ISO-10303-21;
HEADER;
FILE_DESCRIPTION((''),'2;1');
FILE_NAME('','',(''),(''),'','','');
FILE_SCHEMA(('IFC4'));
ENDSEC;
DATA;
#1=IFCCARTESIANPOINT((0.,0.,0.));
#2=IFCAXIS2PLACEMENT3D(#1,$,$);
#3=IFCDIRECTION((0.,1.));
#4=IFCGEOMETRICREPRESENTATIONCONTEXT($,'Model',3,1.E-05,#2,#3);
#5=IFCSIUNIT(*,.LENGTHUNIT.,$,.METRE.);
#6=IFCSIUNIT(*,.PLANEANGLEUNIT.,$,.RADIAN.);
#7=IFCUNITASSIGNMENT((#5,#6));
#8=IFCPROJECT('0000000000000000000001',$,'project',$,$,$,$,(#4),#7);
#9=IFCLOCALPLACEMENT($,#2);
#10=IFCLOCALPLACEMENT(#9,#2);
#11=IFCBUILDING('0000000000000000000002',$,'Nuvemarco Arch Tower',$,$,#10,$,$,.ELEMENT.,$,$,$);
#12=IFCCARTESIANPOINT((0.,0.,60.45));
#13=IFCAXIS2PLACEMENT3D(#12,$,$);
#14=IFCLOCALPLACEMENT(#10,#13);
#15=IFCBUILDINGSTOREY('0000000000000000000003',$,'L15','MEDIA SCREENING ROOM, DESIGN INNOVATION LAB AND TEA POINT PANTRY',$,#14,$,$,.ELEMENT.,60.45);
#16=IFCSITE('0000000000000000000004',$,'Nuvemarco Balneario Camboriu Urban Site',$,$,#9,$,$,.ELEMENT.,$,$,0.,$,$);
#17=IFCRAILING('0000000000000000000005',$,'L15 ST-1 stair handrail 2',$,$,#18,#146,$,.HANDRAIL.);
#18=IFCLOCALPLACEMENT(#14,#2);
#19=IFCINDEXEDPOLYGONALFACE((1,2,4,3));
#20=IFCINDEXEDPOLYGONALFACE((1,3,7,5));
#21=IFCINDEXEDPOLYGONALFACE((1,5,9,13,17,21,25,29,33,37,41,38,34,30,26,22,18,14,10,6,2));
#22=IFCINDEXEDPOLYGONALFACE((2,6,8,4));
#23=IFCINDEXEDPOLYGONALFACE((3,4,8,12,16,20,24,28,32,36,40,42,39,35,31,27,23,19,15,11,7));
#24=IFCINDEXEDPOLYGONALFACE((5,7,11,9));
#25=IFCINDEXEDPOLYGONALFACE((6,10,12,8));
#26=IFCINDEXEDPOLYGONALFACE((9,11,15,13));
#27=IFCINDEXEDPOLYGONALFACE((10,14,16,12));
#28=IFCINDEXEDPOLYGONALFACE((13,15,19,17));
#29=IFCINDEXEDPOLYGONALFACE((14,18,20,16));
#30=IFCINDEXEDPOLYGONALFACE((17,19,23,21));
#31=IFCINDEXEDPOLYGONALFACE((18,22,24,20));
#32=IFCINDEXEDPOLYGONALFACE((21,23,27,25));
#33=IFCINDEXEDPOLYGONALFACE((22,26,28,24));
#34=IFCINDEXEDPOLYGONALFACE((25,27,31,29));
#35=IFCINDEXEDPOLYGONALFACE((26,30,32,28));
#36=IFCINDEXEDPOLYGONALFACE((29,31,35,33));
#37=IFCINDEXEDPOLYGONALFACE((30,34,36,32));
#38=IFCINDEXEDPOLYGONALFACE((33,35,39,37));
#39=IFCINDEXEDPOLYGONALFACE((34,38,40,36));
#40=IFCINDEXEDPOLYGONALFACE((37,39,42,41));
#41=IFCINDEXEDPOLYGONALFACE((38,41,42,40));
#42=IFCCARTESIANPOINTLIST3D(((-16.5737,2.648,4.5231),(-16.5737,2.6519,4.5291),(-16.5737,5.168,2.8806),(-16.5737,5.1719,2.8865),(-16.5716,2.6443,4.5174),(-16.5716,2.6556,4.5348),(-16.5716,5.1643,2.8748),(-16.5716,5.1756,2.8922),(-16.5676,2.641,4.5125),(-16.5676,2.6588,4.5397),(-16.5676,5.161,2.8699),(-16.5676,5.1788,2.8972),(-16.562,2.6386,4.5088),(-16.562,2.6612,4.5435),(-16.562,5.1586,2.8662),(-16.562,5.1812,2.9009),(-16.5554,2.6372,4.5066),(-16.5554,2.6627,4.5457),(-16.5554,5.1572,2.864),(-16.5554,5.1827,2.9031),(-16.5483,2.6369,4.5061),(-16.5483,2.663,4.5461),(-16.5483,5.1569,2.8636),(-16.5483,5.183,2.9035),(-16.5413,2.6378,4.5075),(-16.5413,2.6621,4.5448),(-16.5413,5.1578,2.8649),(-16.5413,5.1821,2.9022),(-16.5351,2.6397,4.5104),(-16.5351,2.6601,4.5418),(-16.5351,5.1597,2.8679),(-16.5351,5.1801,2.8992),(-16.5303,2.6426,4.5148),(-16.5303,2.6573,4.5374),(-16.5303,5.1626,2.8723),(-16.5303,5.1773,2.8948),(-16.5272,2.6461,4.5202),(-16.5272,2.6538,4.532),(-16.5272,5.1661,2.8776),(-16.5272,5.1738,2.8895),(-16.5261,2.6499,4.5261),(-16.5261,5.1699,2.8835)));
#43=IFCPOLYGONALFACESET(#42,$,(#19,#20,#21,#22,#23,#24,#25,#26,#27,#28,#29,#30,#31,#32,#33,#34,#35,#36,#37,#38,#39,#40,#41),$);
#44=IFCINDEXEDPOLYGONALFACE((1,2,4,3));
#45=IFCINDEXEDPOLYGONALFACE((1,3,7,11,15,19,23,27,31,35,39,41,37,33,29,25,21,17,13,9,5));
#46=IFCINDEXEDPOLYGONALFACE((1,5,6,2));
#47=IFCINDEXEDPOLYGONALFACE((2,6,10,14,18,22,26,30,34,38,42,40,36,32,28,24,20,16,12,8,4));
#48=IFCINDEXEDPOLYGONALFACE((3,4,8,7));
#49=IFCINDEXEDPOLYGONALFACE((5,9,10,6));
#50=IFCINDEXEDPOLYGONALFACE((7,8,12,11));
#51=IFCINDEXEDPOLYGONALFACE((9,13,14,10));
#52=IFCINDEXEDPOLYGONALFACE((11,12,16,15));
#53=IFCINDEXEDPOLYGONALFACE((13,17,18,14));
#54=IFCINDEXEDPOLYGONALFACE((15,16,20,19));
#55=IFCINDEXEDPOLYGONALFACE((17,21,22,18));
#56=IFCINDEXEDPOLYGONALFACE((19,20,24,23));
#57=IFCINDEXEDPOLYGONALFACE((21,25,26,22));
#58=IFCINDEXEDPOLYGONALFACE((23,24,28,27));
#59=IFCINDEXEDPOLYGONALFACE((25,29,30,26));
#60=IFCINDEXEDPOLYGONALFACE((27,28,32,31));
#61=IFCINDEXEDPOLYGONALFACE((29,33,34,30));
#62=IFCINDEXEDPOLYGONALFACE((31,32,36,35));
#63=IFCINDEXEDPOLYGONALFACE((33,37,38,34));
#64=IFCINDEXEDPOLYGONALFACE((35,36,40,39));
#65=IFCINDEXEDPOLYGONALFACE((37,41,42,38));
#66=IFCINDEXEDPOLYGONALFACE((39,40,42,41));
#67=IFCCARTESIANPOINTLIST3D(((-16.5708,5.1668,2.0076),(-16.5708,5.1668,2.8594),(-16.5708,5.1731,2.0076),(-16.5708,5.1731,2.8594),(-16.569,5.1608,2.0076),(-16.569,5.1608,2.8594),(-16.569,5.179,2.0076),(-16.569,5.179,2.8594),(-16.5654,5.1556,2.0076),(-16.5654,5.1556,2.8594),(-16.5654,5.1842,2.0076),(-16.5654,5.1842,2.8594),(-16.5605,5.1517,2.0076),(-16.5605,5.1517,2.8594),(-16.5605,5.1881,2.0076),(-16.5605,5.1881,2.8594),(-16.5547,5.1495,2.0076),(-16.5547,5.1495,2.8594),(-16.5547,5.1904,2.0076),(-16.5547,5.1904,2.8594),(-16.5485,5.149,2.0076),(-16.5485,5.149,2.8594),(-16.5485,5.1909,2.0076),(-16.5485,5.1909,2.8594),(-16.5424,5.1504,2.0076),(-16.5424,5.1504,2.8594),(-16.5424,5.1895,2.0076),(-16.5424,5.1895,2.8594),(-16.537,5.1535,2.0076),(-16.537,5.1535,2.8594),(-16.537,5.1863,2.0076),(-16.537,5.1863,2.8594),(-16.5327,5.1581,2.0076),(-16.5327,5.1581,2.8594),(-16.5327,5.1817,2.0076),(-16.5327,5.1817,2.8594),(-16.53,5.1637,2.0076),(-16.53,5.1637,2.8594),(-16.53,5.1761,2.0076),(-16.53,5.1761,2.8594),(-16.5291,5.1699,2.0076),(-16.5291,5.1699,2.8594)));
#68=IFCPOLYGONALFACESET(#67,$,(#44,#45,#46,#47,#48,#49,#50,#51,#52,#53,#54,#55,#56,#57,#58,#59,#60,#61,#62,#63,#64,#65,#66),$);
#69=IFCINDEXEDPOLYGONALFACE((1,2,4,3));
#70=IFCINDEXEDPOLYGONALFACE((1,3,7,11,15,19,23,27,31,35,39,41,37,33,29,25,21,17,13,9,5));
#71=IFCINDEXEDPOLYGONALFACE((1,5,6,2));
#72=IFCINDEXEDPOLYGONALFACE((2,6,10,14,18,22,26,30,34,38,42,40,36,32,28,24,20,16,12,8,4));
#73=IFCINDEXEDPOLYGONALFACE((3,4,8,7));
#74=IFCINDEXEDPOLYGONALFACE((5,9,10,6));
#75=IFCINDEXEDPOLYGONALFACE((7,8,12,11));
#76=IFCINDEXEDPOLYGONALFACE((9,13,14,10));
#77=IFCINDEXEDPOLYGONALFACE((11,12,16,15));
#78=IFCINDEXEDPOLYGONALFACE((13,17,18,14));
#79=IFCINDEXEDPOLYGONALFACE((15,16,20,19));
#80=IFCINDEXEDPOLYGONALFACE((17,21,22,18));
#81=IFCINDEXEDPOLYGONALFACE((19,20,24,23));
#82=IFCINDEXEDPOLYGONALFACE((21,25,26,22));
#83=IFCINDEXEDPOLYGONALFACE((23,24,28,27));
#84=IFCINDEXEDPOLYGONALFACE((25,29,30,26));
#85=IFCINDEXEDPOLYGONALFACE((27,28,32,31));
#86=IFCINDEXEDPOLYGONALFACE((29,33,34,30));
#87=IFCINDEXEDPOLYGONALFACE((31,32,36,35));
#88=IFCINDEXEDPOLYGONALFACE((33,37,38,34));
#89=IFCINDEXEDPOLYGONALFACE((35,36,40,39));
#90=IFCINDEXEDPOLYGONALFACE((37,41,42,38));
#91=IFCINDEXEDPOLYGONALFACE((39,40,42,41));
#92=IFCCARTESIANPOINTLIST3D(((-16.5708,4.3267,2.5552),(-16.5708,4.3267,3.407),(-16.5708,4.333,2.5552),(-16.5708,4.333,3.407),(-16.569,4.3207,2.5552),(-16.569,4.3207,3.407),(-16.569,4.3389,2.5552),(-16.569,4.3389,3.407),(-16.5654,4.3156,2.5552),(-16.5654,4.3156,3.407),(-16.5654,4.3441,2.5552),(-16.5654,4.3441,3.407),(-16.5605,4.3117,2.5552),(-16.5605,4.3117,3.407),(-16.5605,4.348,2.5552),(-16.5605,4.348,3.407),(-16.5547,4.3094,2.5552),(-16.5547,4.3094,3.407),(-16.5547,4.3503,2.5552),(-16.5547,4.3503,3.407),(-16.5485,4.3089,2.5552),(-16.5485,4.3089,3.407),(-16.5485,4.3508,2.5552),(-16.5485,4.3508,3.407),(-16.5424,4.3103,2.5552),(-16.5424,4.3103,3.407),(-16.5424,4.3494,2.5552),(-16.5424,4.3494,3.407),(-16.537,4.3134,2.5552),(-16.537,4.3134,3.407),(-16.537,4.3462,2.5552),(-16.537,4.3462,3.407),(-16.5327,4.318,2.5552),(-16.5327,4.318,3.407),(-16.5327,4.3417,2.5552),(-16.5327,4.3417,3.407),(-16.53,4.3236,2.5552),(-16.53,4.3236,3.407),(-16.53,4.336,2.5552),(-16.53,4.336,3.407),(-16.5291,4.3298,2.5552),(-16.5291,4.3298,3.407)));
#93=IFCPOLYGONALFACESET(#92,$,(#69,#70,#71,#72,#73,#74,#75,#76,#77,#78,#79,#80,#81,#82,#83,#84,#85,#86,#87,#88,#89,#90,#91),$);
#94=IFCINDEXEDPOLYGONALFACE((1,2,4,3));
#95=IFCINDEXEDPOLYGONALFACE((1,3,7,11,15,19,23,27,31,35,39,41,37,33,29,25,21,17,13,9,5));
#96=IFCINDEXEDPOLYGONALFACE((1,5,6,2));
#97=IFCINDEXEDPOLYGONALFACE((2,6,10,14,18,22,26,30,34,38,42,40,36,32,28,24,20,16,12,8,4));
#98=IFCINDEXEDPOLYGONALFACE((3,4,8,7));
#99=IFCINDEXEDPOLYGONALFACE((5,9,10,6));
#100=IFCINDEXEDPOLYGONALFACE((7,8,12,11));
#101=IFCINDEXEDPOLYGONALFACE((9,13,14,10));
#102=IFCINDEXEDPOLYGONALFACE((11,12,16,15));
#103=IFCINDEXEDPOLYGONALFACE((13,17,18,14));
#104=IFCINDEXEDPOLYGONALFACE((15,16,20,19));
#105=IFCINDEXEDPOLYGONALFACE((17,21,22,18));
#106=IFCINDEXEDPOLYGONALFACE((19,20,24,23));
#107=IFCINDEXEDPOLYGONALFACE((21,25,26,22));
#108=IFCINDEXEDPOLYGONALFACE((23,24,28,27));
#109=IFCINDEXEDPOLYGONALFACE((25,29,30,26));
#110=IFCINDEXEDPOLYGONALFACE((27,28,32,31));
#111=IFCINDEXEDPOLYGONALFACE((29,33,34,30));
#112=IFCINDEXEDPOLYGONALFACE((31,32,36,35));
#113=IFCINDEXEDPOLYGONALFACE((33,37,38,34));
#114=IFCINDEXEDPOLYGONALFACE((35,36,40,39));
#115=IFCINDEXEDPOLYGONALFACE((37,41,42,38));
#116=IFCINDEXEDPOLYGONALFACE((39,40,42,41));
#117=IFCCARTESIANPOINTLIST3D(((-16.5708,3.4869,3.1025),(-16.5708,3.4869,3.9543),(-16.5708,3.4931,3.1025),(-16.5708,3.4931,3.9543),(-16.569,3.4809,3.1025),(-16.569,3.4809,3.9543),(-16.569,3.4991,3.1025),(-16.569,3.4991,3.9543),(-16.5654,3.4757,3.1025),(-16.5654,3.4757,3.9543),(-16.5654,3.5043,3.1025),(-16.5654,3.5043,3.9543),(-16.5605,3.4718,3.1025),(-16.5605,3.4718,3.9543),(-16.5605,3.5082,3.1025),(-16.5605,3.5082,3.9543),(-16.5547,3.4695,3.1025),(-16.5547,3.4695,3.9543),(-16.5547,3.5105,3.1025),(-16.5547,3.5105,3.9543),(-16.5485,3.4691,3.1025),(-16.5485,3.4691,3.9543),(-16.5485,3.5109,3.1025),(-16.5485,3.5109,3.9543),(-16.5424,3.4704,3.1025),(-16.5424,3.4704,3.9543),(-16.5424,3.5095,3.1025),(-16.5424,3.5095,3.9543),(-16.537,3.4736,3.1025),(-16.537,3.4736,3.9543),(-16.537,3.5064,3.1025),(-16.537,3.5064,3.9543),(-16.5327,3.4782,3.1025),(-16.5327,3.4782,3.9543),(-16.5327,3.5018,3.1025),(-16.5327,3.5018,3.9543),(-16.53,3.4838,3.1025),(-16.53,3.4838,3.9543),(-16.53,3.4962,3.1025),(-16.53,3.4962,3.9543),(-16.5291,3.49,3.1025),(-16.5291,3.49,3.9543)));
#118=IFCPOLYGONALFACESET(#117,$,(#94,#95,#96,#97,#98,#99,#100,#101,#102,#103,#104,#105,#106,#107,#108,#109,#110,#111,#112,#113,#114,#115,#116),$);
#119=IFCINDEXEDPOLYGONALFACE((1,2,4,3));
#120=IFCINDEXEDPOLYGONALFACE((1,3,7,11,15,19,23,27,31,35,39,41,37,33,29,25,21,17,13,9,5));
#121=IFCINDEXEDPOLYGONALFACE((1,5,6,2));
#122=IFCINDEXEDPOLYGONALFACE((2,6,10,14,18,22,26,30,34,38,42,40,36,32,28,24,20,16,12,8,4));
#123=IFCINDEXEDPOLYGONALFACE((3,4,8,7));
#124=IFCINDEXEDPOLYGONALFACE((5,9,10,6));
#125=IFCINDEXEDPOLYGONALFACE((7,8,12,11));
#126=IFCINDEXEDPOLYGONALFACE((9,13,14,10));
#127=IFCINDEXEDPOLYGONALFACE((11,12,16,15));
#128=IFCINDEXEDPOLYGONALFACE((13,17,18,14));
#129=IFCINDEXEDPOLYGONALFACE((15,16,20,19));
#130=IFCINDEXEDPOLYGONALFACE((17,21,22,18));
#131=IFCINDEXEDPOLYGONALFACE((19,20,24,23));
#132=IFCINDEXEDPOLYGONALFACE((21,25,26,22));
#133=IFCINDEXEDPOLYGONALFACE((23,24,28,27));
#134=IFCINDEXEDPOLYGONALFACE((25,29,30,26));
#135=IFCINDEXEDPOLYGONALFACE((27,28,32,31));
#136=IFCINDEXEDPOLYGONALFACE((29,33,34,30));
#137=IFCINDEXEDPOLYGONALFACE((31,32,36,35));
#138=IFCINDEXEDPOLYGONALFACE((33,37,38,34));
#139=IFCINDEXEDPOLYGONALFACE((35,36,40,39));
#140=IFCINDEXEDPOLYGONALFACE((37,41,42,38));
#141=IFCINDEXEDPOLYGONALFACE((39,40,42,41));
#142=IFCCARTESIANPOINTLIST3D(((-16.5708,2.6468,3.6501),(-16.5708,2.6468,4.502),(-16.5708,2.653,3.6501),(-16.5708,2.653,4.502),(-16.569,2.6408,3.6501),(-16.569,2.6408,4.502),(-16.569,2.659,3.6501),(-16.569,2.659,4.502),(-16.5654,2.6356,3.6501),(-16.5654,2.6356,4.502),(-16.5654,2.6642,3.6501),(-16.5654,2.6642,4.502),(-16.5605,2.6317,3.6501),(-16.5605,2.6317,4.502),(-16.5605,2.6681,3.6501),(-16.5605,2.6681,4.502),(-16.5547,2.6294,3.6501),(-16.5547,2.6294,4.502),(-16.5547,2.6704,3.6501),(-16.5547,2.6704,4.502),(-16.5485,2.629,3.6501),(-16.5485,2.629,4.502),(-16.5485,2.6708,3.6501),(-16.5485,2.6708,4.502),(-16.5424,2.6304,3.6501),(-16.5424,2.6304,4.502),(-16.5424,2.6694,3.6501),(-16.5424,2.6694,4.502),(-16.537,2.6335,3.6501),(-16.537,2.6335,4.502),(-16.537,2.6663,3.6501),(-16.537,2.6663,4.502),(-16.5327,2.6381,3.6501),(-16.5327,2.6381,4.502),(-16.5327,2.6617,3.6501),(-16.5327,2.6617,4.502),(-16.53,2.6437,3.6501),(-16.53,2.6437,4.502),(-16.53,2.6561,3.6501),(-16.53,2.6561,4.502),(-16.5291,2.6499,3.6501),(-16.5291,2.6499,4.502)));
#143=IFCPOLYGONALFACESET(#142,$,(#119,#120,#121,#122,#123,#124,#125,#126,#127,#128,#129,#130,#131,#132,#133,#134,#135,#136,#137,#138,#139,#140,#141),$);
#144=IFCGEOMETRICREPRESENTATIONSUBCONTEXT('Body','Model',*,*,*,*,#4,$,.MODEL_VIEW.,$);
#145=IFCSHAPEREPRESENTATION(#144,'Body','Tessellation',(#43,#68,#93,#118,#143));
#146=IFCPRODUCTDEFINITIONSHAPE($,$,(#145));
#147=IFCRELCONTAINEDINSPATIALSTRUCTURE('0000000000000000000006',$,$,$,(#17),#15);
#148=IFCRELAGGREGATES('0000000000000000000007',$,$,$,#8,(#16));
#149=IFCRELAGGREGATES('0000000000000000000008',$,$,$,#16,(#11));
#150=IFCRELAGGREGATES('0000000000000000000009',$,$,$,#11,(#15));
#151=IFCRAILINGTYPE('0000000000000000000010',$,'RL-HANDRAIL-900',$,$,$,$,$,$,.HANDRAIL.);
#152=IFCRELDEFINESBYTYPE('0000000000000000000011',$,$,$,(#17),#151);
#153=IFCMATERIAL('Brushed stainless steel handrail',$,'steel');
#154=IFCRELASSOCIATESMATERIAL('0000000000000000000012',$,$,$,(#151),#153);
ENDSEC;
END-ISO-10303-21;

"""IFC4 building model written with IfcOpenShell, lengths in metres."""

from ifc_helpers import new_model, si_unit, direction, frame, origin, origin_2d, place, context, subcontext, project, spatial, circle, extrude, material, type_object, element, save


model = new_model("IFC4")

# Units and contexts
model_context = context("Model", 3, precision=1e-05, world=origin(), true_north=direction((0.0, 1.0)))
body_context = subcontext(model_context, "Body", "Model", "MODEL_VIEW")
ifc_project = project(units=[si_unit("LENGTHUNIT", "METRE"), si_unit("PLANEANGLEUNIT", "RADIAN")], contexts=[model_context])

# Site, building, storey
site_placement = place(None, origin())
site = spatial("IfcSite", under=ifc_project, at=site_placement, Name="Nuvemarco Balneario Camboriu Urban Site", CompositionType="ELEMENT", RefElevation=0.0)
building_placement = place(site_placement, origin())
building = spatial("IfcBuilding", under=site, at=building_placement, Name="Nuvemarco Arch Tower", CompositionType="ELEMENT")
storey_placement = place(building_placement, frame((0.0, 0.0, 60.45)))
storey = spatial("IfcBuildingStorey", under=building, at=storey_placement, Name="L15", Description="MEDIA SCREENING ROOM, DESIGN INNOVATION LAB AND TEA POINT PANTRY", CompositionType="ELEMENT", Elevation=60.45)

# Railing
ifc_material_1 = material(Name="Brushed stainless steel handrail", Category="steel")
railing_type_1 = type_object("IfcRailingType", Name="RL-HANDRAIL-900", PredefinedType="HANDRAIL", material=ifc_material_1)
railing_1_placement = place(storey_placement, frame((-16.55, 5.1699, 2.0076)))
element("IfcRailing", 1, at=railing_1_placement, inside=storey, type_object=railing_type_1, Name="L15 ST-1 stair handrail 2", PredefinedType="HANDRAIL", context=body_context, shape_type="SweptSolid", body=[
    extrude(circle(Radius=0.0239, at=origin_2d()), frame((0.0, 0.0, 0.876), z_axis=(0.0, -0.837749, 0.546055), x_axis=(1.0, 0.0, 0.0)), (0.0, 0.0, 1.0), 3.0081),
    extrude(circle(Radius=0.021, at=origin_2d()), origin(), (0.0, 0.0, 1.0), 0.8518),
    extrude(circle(Radius=0.021, at=origin_2d()), frame((0.0, -0.8401, 0.5476)), (0.0, 0.0, 1.0), 0.8518),
    extrude(circle(Radius=0.021, at=origin_2d()), frame((0.0, -1.6799, 1.095)), (0.0, 0.0, 1.0), 0.8518),
    extrude(circle(Radius=0.021, at=origin_2d()), frame((0.0, -2.52, 1.6426)), (0.0, 0.0, 1.0), 0.8518),
])

save(model, "model.ifc")
